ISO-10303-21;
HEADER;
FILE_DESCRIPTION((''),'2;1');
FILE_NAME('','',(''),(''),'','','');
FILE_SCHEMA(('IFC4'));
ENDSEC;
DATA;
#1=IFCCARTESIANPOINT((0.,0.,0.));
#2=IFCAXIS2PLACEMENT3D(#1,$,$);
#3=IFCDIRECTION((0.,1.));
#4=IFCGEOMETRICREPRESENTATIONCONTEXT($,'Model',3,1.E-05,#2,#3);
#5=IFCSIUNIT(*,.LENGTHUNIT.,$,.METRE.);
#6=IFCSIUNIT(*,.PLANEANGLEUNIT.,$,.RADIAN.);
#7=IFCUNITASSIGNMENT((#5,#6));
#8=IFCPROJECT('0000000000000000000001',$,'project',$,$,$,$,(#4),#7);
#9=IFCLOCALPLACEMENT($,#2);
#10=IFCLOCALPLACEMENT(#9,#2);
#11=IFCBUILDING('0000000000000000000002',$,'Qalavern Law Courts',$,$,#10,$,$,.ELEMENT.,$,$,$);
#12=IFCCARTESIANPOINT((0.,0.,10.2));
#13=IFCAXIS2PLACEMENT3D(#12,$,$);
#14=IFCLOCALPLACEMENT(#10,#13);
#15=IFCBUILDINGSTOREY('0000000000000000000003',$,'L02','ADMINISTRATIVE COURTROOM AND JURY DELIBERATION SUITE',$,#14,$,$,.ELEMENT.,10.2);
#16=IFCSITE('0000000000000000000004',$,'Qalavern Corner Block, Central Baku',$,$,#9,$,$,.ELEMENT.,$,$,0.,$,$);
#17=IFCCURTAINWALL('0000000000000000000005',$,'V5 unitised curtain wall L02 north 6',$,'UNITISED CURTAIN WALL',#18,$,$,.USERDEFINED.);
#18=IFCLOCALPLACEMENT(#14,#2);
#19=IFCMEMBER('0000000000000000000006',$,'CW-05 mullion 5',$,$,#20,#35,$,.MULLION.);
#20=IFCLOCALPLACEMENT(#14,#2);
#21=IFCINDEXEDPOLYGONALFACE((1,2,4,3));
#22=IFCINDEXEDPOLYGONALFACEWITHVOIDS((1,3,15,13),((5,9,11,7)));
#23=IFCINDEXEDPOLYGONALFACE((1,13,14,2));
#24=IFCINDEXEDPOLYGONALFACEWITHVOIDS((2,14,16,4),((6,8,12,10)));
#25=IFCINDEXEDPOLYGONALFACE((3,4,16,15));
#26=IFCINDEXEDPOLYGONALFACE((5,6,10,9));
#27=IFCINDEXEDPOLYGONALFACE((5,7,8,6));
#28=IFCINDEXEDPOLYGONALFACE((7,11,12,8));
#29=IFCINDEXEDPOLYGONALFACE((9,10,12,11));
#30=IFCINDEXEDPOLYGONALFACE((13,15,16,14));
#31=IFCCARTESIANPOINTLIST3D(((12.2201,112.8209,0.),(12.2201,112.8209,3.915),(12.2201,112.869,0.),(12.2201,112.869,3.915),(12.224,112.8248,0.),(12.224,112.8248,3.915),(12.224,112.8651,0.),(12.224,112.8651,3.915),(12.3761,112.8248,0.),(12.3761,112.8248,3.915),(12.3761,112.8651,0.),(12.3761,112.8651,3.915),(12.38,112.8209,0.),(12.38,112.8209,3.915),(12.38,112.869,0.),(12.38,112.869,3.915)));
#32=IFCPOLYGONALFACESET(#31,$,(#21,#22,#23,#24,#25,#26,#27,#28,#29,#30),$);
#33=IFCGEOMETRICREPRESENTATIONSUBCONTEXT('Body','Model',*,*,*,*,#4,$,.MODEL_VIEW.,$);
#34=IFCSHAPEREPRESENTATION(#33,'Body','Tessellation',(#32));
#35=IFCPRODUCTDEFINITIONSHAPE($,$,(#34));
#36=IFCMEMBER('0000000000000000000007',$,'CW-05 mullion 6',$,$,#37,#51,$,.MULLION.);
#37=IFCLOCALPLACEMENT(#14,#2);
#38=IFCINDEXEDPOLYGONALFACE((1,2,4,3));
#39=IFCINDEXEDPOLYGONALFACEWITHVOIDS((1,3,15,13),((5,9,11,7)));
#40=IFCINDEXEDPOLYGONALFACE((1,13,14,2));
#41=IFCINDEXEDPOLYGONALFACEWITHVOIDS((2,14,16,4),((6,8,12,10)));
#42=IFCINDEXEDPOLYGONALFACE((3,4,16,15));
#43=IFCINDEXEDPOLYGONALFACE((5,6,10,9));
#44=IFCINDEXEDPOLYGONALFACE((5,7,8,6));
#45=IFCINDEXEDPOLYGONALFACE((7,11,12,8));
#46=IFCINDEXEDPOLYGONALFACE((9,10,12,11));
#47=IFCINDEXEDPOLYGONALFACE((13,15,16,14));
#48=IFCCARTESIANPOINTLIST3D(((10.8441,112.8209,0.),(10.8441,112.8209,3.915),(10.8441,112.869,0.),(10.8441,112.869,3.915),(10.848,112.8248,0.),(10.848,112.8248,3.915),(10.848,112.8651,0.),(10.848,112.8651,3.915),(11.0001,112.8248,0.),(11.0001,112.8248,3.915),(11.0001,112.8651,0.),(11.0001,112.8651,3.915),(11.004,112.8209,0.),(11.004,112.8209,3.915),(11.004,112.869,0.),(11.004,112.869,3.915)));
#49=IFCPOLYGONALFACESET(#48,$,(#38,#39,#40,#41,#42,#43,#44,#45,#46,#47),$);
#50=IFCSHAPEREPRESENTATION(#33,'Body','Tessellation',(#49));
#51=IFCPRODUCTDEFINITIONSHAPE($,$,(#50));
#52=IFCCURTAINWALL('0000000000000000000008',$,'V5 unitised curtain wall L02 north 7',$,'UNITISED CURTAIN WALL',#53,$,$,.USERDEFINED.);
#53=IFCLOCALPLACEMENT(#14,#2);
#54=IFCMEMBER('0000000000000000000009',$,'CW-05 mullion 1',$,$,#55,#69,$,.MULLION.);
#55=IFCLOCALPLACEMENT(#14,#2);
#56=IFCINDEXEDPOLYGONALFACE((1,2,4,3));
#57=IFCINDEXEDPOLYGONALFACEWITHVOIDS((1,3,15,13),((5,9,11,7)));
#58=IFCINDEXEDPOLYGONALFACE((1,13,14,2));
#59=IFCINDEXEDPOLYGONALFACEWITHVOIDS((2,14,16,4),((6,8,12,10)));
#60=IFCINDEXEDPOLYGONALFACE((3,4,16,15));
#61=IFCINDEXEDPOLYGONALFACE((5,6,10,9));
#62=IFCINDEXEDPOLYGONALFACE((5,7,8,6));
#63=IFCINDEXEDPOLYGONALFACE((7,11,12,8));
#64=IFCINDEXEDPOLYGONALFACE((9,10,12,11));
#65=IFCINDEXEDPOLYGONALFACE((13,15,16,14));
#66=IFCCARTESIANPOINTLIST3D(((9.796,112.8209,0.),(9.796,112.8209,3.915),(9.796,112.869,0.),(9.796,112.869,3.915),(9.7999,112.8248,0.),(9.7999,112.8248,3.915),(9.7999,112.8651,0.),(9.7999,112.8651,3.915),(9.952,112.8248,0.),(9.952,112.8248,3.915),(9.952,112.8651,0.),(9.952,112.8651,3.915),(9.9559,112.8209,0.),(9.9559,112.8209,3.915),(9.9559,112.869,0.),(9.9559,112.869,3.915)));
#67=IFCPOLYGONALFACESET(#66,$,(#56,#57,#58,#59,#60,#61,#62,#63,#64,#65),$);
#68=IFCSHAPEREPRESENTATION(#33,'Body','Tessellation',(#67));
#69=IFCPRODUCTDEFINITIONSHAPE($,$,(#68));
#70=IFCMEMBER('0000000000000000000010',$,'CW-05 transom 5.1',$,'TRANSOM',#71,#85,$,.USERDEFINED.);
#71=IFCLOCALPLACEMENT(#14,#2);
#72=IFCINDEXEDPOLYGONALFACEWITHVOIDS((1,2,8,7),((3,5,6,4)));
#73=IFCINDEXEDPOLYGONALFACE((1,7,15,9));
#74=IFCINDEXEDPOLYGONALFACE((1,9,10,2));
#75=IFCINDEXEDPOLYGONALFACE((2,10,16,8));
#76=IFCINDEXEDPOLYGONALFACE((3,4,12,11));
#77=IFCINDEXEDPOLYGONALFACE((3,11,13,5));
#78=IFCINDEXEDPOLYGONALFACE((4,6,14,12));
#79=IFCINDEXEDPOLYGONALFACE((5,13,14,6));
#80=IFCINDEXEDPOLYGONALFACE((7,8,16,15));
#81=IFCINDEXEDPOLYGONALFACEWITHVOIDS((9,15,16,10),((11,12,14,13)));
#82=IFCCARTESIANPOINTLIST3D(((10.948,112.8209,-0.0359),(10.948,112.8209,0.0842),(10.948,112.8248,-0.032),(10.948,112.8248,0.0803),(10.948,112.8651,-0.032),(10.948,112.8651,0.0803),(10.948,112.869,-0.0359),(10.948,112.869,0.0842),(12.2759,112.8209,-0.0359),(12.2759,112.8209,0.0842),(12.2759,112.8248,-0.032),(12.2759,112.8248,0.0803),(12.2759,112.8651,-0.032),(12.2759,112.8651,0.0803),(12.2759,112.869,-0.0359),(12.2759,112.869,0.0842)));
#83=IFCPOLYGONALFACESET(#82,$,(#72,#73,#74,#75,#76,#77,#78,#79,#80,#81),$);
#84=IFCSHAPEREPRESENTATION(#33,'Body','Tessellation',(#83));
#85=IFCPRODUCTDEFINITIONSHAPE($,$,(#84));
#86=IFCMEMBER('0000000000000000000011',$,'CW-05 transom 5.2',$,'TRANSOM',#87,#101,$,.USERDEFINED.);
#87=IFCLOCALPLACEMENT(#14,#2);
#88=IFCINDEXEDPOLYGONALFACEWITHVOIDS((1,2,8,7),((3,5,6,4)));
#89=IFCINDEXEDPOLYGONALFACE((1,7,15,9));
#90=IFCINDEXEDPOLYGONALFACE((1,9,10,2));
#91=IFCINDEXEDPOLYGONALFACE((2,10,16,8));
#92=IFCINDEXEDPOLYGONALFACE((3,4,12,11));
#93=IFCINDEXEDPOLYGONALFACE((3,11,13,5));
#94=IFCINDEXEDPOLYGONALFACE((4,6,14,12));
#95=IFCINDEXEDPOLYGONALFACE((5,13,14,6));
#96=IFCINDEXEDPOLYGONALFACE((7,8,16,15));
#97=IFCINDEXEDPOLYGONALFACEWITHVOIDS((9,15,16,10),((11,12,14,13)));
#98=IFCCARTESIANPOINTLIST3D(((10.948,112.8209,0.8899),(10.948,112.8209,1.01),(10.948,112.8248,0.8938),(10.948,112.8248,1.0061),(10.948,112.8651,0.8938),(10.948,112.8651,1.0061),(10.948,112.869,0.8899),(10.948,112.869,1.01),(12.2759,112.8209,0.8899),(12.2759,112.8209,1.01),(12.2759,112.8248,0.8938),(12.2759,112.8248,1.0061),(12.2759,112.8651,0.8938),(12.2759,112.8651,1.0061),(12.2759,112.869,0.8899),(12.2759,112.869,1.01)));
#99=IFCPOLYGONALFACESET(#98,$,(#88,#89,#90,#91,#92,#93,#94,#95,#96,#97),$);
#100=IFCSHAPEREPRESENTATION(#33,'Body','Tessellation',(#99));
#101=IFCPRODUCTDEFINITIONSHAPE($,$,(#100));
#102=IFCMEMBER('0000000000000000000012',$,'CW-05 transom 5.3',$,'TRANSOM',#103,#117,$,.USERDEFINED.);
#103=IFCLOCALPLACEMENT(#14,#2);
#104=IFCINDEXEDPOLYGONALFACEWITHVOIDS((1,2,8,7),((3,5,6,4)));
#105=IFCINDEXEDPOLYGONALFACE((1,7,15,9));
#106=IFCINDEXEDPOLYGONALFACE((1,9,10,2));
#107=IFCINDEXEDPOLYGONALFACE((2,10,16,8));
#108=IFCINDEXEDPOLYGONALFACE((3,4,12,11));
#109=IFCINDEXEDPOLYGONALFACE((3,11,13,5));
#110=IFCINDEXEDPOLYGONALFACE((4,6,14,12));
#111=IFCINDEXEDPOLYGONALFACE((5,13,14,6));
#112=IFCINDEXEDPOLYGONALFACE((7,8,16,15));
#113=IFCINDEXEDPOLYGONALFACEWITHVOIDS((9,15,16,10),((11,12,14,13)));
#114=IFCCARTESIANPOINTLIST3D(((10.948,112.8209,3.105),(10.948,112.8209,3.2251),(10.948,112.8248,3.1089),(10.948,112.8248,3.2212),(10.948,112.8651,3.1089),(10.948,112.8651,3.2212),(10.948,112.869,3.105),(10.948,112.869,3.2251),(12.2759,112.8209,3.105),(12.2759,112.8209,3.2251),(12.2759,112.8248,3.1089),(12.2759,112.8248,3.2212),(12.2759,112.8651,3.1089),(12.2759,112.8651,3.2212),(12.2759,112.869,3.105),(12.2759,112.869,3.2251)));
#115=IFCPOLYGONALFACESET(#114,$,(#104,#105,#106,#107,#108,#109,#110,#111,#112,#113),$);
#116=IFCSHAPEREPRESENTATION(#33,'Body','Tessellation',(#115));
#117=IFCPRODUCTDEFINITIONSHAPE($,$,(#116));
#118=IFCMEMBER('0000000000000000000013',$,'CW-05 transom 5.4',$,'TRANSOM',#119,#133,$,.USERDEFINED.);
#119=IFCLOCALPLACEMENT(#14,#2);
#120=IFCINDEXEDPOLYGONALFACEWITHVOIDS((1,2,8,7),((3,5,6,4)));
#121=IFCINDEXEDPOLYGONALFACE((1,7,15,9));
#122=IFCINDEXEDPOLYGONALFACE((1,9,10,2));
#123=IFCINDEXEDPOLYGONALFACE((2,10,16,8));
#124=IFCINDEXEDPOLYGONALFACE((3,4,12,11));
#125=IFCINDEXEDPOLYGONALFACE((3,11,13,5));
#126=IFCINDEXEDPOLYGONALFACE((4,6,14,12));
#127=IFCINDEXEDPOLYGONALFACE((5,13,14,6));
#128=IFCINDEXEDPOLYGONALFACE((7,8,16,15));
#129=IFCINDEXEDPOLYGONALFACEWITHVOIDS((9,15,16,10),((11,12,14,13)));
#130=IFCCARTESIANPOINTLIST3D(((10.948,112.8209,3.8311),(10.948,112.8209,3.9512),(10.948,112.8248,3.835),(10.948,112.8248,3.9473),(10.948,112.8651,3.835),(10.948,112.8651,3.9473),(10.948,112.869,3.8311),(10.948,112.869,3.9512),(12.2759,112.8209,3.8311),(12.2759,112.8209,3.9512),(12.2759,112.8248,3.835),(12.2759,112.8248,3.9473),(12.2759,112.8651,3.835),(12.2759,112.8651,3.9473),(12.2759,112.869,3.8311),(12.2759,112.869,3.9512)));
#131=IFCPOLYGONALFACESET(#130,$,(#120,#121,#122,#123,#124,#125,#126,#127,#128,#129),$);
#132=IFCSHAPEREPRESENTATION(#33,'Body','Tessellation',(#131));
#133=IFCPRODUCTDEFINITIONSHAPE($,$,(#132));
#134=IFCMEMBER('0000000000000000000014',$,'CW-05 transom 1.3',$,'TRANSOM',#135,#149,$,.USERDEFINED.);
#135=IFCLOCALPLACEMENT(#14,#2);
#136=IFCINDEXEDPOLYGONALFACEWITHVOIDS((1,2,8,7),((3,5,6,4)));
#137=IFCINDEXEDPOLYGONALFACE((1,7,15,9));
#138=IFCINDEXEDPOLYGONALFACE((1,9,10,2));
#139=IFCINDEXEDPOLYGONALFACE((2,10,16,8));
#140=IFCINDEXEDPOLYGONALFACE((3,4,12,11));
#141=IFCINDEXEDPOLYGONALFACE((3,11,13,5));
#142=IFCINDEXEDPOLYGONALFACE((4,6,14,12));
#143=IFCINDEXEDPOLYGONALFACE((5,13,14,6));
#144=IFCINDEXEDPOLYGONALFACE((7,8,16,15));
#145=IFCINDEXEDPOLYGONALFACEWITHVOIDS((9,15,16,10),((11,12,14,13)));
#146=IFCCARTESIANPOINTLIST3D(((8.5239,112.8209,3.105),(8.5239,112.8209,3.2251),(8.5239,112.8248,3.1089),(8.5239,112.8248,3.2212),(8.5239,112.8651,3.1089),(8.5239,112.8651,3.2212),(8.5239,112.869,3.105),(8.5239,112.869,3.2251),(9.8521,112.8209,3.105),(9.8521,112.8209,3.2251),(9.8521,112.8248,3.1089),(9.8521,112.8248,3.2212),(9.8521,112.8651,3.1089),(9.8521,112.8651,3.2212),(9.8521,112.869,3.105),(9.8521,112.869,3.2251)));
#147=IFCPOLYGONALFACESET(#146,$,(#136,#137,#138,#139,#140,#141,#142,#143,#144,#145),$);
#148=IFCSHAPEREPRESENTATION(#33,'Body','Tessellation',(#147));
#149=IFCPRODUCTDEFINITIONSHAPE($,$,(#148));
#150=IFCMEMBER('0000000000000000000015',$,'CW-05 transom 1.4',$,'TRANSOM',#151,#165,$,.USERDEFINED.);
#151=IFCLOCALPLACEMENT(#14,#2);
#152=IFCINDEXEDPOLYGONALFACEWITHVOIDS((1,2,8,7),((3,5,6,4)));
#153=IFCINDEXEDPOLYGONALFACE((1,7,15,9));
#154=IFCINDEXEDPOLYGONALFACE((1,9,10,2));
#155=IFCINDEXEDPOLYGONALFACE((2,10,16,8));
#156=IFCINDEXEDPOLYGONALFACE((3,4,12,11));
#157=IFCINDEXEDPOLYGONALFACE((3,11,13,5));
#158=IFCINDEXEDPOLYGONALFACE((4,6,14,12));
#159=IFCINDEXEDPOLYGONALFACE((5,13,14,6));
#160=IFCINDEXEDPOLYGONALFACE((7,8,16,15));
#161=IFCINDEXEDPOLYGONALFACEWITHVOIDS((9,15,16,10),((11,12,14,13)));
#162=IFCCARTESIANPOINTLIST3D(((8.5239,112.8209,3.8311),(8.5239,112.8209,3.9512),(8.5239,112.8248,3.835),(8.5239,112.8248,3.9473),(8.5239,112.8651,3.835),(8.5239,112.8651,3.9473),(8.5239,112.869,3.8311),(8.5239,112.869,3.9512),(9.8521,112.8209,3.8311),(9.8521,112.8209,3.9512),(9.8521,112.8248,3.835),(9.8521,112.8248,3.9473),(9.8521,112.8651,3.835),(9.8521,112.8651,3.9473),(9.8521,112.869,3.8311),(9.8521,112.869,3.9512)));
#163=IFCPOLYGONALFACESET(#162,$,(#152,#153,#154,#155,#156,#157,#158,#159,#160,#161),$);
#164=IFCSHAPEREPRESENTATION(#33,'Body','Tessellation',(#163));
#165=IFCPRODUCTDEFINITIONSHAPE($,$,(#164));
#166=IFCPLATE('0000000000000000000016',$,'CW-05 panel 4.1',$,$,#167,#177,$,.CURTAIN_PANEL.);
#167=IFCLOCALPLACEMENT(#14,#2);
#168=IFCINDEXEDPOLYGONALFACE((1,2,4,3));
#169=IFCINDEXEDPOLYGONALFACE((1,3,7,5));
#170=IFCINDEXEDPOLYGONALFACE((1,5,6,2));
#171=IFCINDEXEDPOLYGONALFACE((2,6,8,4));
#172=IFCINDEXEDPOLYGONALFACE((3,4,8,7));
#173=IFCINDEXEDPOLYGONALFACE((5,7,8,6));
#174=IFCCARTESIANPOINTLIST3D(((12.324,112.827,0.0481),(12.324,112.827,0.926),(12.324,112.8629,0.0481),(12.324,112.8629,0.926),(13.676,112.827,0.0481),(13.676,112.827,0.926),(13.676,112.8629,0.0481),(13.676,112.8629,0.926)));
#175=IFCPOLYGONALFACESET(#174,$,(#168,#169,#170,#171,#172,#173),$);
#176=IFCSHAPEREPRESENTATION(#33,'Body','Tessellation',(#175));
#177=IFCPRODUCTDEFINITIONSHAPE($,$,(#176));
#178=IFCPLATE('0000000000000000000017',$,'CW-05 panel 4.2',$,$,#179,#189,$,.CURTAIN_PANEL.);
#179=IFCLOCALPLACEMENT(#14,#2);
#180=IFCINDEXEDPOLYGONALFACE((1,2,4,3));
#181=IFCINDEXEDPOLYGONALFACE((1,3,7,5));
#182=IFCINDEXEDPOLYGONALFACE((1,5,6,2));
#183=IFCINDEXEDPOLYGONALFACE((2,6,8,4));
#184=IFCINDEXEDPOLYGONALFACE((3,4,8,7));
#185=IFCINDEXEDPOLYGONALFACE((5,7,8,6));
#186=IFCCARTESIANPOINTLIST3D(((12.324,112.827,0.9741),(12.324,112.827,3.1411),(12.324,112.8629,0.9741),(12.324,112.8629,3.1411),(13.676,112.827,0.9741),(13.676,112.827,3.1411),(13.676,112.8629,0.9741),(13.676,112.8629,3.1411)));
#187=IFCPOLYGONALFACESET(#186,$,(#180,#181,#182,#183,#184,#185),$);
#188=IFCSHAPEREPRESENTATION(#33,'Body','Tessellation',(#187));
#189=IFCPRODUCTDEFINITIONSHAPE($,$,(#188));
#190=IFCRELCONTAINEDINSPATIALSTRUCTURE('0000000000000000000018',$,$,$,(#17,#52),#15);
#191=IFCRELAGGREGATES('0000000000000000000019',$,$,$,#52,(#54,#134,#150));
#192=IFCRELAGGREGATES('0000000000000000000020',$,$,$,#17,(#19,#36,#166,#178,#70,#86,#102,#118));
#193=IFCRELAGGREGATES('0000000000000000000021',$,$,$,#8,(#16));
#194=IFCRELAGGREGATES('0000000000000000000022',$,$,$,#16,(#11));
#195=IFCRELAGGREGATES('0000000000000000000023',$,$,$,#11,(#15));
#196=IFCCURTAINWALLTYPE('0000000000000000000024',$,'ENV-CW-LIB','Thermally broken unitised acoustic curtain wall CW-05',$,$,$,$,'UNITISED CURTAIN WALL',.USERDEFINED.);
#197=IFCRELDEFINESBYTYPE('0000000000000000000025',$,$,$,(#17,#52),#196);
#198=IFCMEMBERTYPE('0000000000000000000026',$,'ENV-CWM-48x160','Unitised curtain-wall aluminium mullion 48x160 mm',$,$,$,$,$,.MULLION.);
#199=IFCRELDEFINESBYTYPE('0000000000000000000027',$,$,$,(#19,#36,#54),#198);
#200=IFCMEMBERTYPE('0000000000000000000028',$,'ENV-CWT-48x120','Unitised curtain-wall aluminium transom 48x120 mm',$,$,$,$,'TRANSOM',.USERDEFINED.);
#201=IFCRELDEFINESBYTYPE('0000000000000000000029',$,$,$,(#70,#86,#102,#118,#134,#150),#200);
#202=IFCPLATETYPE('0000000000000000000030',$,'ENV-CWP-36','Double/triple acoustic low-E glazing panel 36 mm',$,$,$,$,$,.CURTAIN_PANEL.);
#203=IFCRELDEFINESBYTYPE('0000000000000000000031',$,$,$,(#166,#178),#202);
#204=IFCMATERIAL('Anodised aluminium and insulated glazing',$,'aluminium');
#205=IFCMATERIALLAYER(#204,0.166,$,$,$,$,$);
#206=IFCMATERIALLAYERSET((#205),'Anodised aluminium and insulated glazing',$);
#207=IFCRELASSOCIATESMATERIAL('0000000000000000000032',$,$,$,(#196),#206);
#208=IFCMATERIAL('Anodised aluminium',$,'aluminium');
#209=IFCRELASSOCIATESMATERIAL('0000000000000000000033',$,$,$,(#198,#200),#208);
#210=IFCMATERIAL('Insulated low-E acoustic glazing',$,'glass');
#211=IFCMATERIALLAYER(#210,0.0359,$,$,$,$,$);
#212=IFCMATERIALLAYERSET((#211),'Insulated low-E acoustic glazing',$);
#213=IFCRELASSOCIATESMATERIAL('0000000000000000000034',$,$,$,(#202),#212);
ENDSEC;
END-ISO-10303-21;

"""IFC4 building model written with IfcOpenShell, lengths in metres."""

from ifc_helpers import new_model, si_unit, direction, frame, origin, origin_2d, place, context, subcontext, project, spatial, rectangle, hollow_rectangle, extrude, material, layer, layer_set, material_profile, profile_set, type_object, element, aggregate, save


model = new_model("IFC4")

# Units and contexts
model_context = context("Model", 3, precision=1e-05, world=origin(), true_north=direction((0.0, 1.0)))
body_context = subcontext(model_context, "Body", "Model", "MODEL_VIEW")
ifc_project = project(units=[si_unit("LENGTHUNIT", "METRE"), si_unit("PLANEANGLEUNIT", "RADIAN")], contexts=[model_context])

# Site, building, storey
site_placement = place(None, origin())
site = spatial("IfcSite", under=ifc_project, at=site_placement, Name="Qalavern Corner Block, Central Baku", CompositionType="ELEMENT", RefElevation=0.0)
building_placement = place(site_placement, origin())
building = spatial("IfcBuilding", under=site, at=building_placement, Name="Qalavern Law Courts", CompositionType="ELEMENT")
storey_placement = place(building_placement, frame((0.0, 0.0, 10.2)))
storey = spatial("IfcBuildingStorey", under=building, at=storey_placement, Name="L02", Description="ADMINISTRATIVE COURTROOM AND JURY DELIBERATION SUITE", CompositionType="ELEMENT", Elevation=10.2)

# Curtain wall, members
ifc_material_1 = material(Name="Anodised aluminium and insulated glazing", Category="aluminium")
ifc_layer_1 = layer(ifc_material_1, 0.166)
ifc_layer_set_1 = layer_set([ifc_layer_1], Name="Anodised aluminium and insulated glazing")
curtain_wall_type = type_object("IfcCurtainWallType", Name="ENV-CW-LIB", Description="Thermally broken unitised acoustic curtain wall CW-05", ElementType="UNITISED CURTAIN WALL", PredefinedType="USERDEFINED", material=ifc_layer_set_1)
curtain_wall_1_placement = place(storey_placement, origin())
curtain_wall_1 = element("IfcCurtainWall", 1, at=curtain_wall_1_placement, inside=storey, type_object=curtain_wall_type, Name="V5 unitised curtain wall L02 north 6", ObjectType="UNITISED CURTAIN WALL", PredefinedType="USERDEFINED")
ifc_material_2 = material(Name="Anodised aluminium", Category="aluminium")
ifc_material_profile_1 = material_profile(ifc_material_2, hollow_rectangle(XDim=0.0481, YDim=0.1599, WallThickness=0.0039, at=origin_2d()), Name="ALU MULLION 48x160")
ifc_profile_set_1 = profile_set([ifc_material_profile_1], Name="Anodised aluminium")
member_type_1 = type_object("IfcMemberType", Name="ENV-CWM-48x160", Description="Unitised curtain-wall aluminium mullion 48x160 mm", PredefinedType="MULLION", material=ifc_profile_set_1)
member_1_placement = place(storey_placement, frame((12.3, 112.845, 0.0), z_axis=(0.0, 0.0, 1.0), x_axis=(0.0, -1.0, 0.0)))
member_1 = element("IfcMember", 2, at=member_1_placement, type_object=member_type_1, Name="CW-05 mullion 5", PredefinedType="MULLION", context=body_context, shape_type="SweptSolid", body=[
    extrude(hollow_rectangle(XDim=0.0481, YDim=0.1599, WallThickness=0.0039, at=origin_2d()), origin(), (0.0, 0.0, 1.0), 3.915),
])
member_2_placement = place(storey_placement, frame((10.9241, 112.845, 0.0), z_axis=(0.0, 0.0, 1.0), x_axis=(0.0, -1.0, 0.0)))
member_2 = element("IfcMember", 3, at=member_2_placement, type_object=member_type_1, Name="CW-05 mullion 6", PredefinedType="MULLION", context=body_context, shape_type="SweptSolid", body=[
    extrude(hollow_rectangle(XDim=0.0481, YDim=0.1599, WallThickness=0.0039, at=origin_2d()), origin(), (0.0, 0.0, 1.0), 3.915),
])

# Curtain wall, member
curtain_wall_2_placement = place(storey_placement, origin())
curtain_wall_2 = element("IfcCurtainWall", 4, at=curtain_wall_2_placement, inside=storey, type_object=curtain_wall_type, Name="V5 unitised curtain wall L02 north 7", ObjectType="UNITISED CURTAIN WALL", PredefinedType="USERDEFINED")
member_3_placement = place(storey_placement, frame((9.876, 112.845, 0.0), z_axis=(0.0, 0.0, 1.0), x_axis=(0.0, -1.0, 0.0)))
member_3 = element("IfcMember", 5, at=member_3_placement, type_object=member_type_1, Name="CW-05 mullion 1", PredefinedType="MULLION", context=body_context, shape_type="SweptSolid", body=[
    extrude(hollow_rectangle(XDim=0.0481, YDim=0.1599, WallThickness=0.0039, at=origin_2d()), origin(), (0.0, 0.0, 1.0), 3.915),
])

# Members
ifc_material_profile_2 = material_profile(ifc_material_2, hollow_rectangle(XDim=0.0481, YDim=0.1201, WallThickness=0.0039, at=origin_2d()), Name="ALU TRANSOM 48x120")
ifc_profile_set_2 = profile_set([ifc_material_profile_2], Name="Anodised aluminium")
member_type_2 = type_object("IfcMemberType", Name="ENV-CWT-48x120", Description="Unitised curtain-wall aluminium transom 48x120 mm", ElementType="TRANSOM", PredefinedType="USERDEFINED", material=ifc_profile_set_2)
member_4_placement = place(storey_placement, frame((12.2759, 112.845, 0.0242), z_axis=(-1.0, 0.0, 0.0), x_axis=(0.0, -1.0, 0.0)))
member_4 = element("IfcMember", 6, at=member_4_placement, type_object=member_type_2, Name="CW-05 transom 5.1", ObjectType="TRANSOM", PredefinedType="USERDEFINED", context=body_context, shape_type="SweptSolid", body=[
    extrude(hollow_rectangle(XDim=0.0481, YDim=0.1201, WallThickness=0.0039, at=origin_2d()), origin(), (0.0, 0.0, 1.0), 1.3279),
])
member_5_placement = place(storey_placement, frame((12.2759, 112.845, 0.95), z_axis=(-1.0, 0.0, 0.0), x_axis=(0.0, -1.0, 0.0)))
member_5 = element("IfcMember", 7, at=member_5_placement, type_object=member_type_2, Name="CW-05 transom 5.2", ObjectType="TRANSOM", PredefinedType="USERDEFINED", context=body_context, shape_type="SweptSolid", body=[
    extrude(hollow_rectangle(XDim=0.0481, YDim=0.1201, WallThickness=0.0039, at=origin_2d()), origin(), (0.0, 0.0, 1.0), 1.3279),
])
member_6_placement = place(storey_placement, frame((12.2759, 112.845, 3.165), z_axis=(-1.0, 0.0, 0.0), x_axis=(0.0, -1.0, 0.0)))
member_6 = element("IfcMember", 8, at=member_6_placement, type_object=member_type_2, Name="CW-05 transom 5.3", ObjectType="TRANSOM", PredefinedType="USERDEFINED", context=body_context, shape_type="SweptSolid", body=[
    extrude(hollow_rectangle(XDim=0.0481, YDim=0.1201, WallThickness=0.0039, at=origin_2d()), origin(), (0.0, 0.0, 1.0), 1.3279),
])
member_7_placement = place(storey_placement, frame((12.2759, 112.845, 3.8911), z_axis=(-1.0, 0.0, 0.0), x_axis=(0.0, -1.0, 0.0)))
member_7 = element("IfcMember", 9, at=member_7_placement, type_object=member_type_2, Name="CW-05 transom 5.4", ObjectType="TRANSOM", PredefinedType="USERDEFINED", context=body_context, shape_type="SweptSolid", body=[
    extrude(hollow_rectangle(XDim=0.0481, YDim=0.1201, WallThickness=0.0039, at=origin_2d()), origin(), (0.0, 0.0, 1.0), 1.3279),
])
member_8_placement = place(storey_placement, frame((9.8521, 112.845, 3.165), z_axis=(-1.0, 0.0, 0.0), x_axis=(0.0, -1.0, 0.0)))
member_8 = element("IfcMember", 10, at=member_8_placement, type_object=member_type_2, Name="CW-05 transom 1.3", ObjectType="TRANSOM", PredefinedType="USERDEFINED", context=body_context, shape_type="SweptSolid", body=[
    extrude(hollow_rectangle(XDim=0.0481, YDim=0.1201, WallThickness=0.0039, at=origin_2d()), origin(), (0.0, 0.0, 1.0), 1.3281),
])
member_9_placement = place(storey_placement, frame((9.8521, 112.845, 3.8911), z_axis=(-1.0, 0.0, 0.0), x_axis=(0.0, -1.0, 0.0)))
member_9 = element("IfcMember", 11, at=member_9_placement, type_object=member_type_2, Name="CW-05 transom 1.4", ObjectType="TRANSOM", PredefinedType="USERDEFINED", context=body_context, shape_type="SweptSolid", body=[
    extrude(hollow_rectangle(XDim=0.0481, YDim=0.1201, WallThickness=0.0039, at=origin_2d()), origin(), (0.0, 0.0, 1.0), 1.3281),
])
aggregate(curtain_wall_2, [member_3, member_8, member_9])

# Plates
ifc_material_3 = material(Name="Insulated low-E acoustic glazing", Category="glass")
ifc_layer_2 = layer(ifc_material_3, 0.0359)
ifc_layer_set_2 = layer_set([ifc_layer_2], Name="Insulated low-E acoustic glazing")
plate_type = type_object("IfcPlateType", Name="ENV-CWP-36", Description="Double/triple acoustic low-E glazing panel 36 mm", PredefinedType="CURTAIN_PANEL", material=ifc_layer_set_2)
plate_1_placement = place(storey_placement, frame((13.0, 112.845, 0.0481), z_axis=(0.0, 0.0, 1.0), x_axis=(-1.0, 0.0, 0.0)))
plate_1 = element("IfcPlate", 12, at=plate_1_placement, type_object=plate_type, Name="CW-05 panel 4.1", PredefinedType="CURTAIN_PANEL", context=body_context, shape_type="SweptSolid", body=[
    extrude(rectangle(XDim=1.3521, YDim=0.0359, at=origin_2d()), origin(), (0.0, 0.0, 1.0), 0.8779),
])
plate_2_placement = place(storey_placement, frame((13.0, 112.845, 0.9741), z_axis=(0.0, 0.0, 1.0), x_axis=(-1.0, 0.0, 0.0)))
plate_2 = element("IfcPlate", 13, at=plate_2_placement, type_object=plate_type, Name="CW-05 panel 4.2", PredefinedType="CURTAIN_PANEL", context=body_context, shape_type="SweptSolid", body=[
    extrude(rectangle(XDim=1.3521, YDim=0.0359, at=origin_2d()), origin(), (0.0, 0.0, 1.0), 2.167),
])
aggregate(curtain_wall_1, [member_1, member_2, plate_1, plate_2, member_4, member_5, member_6, member_7])

save(model, "model.ifc")
